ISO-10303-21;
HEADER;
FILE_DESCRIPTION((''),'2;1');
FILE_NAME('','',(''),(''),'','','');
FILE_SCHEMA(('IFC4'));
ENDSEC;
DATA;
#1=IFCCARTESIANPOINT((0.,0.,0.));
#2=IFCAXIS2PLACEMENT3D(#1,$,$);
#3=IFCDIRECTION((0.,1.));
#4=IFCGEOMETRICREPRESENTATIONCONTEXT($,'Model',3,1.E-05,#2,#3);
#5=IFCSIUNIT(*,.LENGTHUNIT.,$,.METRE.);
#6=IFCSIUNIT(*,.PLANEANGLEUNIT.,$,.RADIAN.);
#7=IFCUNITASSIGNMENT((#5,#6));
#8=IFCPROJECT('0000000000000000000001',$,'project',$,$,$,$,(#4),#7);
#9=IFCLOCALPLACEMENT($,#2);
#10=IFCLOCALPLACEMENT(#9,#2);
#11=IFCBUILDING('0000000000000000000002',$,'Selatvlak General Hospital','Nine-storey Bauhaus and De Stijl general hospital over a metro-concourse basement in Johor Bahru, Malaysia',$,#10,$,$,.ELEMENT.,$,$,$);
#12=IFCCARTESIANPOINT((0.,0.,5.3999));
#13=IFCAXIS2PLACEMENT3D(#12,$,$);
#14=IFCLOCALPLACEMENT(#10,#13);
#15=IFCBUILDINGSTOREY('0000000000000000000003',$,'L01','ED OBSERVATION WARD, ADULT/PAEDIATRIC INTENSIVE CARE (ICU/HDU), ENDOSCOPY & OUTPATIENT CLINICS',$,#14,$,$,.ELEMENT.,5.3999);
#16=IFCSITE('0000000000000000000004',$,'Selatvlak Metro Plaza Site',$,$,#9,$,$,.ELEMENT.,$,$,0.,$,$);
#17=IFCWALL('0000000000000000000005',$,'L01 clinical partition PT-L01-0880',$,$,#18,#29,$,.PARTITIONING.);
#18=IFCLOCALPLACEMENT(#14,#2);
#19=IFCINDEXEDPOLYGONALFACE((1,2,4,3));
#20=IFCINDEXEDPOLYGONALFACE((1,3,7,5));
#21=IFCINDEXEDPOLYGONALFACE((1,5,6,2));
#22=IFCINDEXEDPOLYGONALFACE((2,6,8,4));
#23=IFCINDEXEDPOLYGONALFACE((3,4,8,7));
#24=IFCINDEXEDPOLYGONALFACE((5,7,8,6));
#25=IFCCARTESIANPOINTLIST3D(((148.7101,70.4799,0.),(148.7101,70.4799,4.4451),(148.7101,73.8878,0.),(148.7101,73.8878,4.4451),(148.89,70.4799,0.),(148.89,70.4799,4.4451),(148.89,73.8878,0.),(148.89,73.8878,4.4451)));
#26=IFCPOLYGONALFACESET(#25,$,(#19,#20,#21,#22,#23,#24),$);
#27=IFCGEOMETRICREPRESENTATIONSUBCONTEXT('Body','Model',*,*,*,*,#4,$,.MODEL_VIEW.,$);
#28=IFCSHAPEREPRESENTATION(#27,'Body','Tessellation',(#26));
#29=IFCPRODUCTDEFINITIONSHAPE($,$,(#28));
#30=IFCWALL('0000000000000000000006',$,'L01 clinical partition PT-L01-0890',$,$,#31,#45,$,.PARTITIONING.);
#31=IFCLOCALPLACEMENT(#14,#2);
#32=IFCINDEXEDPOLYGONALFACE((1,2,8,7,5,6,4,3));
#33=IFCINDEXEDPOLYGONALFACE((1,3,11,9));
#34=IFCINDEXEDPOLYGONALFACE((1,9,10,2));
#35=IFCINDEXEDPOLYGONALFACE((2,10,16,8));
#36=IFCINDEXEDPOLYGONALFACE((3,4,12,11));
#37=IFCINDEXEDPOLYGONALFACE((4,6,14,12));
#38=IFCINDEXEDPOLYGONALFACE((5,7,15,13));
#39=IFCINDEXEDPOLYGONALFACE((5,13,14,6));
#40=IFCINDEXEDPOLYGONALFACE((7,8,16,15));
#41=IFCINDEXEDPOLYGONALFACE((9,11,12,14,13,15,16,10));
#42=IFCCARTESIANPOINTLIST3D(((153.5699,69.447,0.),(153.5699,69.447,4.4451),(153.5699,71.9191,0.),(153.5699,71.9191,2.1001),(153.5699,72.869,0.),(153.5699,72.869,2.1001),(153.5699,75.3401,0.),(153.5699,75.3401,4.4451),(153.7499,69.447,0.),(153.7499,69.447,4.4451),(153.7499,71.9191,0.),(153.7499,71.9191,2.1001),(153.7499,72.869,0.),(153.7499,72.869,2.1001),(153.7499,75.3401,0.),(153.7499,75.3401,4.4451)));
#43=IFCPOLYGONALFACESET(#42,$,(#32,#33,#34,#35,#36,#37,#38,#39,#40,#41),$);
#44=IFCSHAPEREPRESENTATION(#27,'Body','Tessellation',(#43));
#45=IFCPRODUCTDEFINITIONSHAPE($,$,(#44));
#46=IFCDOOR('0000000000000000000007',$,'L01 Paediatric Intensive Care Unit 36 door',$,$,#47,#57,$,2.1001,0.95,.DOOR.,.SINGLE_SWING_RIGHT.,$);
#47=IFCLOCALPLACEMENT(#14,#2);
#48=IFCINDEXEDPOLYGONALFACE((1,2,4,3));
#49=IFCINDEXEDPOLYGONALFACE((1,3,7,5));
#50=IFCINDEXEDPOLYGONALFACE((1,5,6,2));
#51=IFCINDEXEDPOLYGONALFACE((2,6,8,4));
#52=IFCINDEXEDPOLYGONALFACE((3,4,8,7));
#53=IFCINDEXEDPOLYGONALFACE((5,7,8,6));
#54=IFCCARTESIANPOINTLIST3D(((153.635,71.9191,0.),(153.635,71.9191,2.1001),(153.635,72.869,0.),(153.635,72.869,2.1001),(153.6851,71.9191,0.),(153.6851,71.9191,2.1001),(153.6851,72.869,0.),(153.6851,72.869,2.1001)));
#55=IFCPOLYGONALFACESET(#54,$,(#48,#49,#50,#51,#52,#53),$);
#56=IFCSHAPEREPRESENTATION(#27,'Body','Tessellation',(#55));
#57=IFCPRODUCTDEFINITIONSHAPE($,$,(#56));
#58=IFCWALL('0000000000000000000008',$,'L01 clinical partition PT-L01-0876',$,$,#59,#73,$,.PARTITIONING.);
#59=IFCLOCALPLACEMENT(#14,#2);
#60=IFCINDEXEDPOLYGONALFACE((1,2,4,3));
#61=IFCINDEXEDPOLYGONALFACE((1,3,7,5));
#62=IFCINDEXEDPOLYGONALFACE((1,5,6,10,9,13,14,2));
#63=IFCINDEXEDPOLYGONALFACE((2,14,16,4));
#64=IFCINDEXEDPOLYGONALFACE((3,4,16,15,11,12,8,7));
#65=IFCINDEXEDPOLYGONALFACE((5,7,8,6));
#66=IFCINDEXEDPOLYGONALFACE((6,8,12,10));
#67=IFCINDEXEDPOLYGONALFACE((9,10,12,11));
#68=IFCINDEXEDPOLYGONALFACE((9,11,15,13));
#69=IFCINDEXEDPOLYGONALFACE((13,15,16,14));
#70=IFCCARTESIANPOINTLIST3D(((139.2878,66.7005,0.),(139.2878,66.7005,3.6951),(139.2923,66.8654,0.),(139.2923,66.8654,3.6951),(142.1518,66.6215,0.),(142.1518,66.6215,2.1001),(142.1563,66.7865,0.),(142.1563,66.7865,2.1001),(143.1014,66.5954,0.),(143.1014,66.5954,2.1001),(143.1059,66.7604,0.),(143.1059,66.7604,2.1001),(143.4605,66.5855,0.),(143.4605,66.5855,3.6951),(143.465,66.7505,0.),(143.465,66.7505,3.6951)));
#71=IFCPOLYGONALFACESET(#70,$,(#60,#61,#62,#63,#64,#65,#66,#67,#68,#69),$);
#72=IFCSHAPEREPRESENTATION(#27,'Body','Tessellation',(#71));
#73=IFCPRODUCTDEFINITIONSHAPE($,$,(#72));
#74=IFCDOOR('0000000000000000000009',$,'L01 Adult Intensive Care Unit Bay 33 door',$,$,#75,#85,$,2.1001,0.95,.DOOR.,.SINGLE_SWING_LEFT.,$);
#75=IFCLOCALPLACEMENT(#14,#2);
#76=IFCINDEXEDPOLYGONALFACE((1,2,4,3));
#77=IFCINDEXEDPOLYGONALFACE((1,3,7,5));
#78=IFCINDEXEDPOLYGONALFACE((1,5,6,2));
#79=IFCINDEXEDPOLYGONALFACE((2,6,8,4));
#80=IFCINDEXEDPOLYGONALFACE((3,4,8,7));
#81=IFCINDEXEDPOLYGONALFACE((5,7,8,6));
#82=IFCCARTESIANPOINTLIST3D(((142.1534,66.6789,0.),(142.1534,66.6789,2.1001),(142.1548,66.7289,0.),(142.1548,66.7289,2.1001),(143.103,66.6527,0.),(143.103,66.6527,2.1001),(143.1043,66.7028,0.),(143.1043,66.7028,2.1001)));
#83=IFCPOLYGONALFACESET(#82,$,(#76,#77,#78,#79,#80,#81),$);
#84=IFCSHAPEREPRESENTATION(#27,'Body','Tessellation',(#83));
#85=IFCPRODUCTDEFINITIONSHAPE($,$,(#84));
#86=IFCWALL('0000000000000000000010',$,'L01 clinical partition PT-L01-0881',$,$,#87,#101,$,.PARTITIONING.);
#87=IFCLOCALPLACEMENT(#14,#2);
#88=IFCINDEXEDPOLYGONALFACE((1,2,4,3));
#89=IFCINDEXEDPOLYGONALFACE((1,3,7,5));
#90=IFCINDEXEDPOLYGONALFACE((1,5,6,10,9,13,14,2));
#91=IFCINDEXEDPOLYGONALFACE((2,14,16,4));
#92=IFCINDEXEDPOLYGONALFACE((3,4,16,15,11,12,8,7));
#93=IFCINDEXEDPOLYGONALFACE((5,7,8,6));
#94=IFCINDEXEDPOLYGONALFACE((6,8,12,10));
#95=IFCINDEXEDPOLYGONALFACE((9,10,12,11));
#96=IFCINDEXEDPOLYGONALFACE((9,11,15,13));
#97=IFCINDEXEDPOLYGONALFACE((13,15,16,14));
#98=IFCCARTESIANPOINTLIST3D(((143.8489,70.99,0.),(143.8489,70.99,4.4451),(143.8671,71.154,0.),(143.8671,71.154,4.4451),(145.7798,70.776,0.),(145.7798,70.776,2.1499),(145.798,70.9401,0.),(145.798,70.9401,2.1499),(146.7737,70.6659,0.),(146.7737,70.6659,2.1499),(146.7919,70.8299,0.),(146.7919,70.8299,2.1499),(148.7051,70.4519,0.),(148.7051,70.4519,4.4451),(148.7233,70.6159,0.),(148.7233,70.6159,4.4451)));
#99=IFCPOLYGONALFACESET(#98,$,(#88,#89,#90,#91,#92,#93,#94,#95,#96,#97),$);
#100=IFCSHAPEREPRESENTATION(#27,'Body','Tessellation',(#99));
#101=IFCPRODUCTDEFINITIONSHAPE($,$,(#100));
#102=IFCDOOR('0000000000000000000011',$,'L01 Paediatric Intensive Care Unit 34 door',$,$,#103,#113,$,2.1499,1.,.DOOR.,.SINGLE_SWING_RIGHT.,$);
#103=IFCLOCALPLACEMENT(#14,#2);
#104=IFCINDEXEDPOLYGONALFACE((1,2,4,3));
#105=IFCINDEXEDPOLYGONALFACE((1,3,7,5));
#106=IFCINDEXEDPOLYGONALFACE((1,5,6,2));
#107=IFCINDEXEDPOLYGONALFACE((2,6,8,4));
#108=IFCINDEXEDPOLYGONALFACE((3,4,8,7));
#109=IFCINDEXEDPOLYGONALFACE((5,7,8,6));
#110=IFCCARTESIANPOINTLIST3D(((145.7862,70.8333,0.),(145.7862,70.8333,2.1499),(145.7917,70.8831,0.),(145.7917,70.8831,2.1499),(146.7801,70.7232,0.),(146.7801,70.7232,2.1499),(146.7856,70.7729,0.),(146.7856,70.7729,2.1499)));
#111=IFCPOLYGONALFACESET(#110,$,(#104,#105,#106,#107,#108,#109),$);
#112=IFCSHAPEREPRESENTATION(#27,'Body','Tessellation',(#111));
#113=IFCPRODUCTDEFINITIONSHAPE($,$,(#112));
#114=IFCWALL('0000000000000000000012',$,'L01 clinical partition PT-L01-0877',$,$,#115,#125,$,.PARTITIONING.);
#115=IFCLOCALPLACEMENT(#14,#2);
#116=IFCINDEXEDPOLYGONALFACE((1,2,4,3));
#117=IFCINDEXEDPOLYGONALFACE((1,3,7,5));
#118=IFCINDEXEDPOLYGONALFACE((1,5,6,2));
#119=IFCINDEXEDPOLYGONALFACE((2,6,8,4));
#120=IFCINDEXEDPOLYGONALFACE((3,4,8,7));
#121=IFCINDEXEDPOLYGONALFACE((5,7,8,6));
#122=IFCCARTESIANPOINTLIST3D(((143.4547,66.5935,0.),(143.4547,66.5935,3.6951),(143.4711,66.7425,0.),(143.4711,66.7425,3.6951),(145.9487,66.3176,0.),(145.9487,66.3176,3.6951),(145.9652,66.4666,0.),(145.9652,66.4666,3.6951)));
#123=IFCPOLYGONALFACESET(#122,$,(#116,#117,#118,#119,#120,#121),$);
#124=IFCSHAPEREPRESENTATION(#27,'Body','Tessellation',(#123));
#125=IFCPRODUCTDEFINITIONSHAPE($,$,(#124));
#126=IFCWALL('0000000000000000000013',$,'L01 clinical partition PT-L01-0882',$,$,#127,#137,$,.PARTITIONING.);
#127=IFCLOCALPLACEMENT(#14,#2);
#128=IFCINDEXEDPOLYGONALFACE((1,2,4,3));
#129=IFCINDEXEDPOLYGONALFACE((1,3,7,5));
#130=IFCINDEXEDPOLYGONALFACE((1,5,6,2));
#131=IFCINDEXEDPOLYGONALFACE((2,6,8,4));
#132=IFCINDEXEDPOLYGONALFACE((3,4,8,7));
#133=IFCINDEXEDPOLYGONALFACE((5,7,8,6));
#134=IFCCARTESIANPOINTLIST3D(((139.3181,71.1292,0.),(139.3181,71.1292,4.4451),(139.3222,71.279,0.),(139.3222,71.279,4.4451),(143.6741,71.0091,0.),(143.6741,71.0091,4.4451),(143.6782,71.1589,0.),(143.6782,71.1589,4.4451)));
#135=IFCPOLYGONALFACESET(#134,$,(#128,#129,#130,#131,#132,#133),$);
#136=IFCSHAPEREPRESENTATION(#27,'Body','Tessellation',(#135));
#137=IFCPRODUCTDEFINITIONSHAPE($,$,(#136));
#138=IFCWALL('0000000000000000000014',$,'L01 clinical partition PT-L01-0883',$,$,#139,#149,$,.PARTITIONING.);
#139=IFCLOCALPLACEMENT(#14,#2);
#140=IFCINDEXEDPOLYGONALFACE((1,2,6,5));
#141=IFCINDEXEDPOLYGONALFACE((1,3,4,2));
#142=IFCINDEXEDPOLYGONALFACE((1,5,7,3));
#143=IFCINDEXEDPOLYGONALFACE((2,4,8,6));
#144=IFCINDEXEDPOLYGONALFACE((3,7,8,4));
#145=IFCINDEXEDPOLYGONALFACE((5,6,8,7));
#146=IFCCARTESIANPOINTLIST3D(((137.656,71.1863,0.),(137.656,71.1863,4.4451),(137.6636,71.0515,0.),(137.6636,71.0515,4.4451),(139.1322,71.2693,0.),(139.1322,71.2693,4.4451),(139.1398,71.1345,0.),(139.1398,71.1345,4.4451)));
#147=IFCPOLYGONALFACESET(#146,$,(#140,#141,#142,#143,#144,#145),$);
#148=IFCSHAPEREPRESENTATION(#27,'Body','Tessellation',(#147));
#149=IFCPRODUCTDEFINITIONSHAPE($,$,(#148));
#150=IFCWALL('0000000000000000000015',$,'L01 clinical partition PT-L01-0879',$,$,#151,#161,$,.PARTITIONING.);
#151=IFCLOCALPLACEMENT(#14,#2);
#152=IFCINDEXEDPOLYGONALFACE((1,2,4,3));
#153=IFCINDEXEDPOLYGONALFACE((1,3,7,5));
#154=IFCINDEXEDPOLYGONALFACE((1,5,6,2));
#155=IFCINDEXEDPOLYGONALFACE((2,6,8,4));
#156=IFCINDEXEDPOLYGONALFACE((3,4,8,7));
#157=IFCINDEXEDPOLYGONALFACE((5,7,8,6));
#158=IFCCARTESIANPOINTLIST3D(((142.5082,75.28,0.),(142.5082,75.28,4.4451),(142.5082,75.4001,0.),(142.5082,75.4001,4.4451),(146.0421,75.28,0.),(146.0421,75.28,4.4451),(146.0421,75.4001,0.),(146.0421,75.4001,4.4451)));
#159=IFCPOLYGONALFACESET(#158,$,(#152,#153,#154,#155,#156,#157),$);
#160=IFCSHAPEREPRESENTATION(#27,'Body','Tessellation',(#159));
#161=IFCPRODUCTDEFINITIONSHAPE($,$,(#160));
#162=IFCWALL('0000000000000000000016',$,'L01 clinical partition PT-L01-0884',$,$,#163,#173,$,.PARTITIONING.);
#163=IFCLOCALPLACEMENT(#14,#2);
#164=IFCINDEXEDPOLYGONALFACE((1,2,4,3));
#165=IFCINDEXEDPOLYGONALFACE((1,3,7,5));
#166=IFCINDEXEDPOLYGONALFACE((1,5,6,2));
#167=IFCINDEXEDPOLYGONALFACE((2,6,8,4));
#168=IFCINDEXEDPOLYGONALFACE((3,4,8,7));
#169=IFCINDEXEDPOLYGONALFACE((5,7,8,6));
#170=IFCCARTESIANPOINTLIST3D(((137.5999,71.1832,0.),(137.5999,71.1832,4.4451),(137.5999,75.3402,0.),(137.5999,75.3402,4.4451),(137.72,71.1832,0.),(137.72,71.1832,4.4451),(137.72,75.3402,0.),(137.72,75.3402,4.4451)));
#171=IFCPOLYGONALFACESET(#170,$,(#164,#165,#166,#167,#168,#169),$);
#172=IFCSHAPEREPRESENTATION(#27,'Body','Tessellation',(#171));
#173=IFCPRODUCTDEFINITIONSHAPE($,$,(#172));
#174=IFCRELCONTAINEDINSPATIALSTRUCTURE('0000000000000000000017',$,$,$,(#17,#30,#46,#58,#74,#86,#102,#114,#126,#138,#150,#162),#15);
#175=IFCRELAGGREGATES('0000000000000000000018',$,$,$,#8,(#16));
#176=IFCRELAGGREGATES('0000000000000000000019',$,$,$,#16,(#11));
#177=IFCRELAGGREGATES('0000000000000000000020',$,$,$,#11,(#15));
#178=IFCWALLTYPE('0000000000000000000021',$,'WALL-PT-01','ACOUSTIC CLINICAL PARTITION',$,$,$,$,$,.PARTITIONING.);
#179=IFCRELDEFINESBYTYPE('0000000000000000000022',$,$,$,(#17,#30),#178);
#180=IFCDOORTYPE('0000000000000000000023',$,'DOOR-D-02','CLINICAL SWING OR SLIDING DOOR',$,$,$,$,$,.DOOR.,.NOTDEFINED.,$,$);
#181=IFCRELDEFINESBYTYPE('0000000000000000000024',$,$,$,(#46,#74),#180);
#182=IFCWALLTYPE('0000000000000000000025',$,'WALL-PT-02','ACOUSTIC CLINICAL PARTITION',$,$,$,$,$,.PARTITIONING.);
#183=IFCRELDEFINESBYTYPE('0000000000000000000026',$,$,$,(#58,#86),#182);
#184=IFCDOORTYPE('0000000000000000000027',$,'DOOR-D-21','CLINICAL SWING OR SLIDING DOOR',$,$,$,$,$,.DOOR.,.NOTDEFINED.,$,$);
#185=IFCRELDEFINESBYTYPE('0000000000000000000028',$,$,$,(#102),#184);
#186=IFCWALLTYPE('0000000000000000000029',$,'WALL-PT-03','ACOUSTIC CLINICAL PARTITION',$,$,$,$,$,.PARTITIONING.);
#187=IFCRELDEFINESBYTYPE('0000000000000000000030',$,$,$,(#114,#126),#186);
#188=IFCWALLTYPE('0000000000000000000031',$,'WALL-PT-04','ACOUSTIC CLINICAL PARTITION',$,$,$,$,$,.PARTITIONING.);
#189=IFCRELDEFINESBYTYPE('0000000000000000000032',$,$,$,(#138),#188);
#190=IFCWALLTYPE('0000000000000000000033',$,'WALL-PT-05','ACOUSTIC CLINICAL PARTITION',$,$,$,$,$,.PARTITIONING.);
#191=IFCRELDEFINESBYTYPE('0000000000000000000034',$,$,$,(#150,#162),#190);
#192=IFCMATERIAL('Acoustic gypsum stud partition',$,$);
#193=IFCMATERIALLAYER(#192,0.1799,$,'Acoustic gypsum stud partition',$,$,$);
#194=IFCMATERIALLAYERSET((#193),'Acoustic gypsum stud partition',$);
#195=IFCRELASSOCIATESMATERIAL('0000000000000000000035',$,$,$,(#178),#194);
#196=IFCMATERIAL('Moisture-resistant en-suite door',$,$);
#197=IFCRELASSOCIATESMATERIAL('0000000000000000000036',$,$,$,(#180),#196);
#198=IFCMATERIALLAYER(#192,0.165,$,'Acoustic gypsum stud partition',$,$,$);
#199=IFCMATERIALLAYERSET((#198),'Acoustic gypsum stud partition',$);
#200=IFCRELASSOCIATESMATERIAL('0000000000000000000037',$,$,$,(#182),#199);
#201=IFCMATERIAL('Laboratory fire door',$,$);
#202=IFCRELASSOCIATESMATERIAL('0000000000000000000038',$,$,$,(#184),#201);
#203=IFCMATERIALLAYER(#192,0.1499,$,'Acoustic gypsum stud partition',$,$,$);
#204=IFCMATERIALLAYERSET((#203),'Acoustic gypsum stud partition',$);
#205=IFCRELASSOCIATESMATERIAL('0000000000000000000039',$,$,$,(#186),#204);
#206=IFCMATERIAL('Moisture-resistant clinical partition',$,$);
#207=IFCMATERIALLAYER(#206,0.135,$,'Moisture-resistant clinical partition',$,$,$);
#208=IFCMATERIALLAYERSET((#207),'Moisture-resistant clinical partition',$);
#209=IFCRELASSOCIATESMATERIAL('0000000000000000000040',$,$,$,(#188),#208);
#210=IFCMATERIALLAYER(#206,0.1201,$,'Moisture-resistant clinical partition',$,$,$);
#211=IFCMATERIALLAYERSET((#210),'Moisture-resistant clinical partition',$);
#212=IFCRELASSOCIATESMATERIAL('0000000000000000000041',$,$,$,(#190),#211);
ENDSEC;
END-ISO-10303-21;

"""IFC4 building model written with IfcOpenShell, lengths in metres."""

from ifc_helpers import new_model, si_unit, direction, frame, frame_2d, origin, place, context, subcontext, project, spatial, rectangle, extrude, material, layer, layer_set, type_object, element, fill, save


model = new_model("IFC4")

# Units and contexts
model_context = context("Model", 3, precision=1e-05, world=origin(), true_north=direction((0.0, 1.0)))
body_context = subcontext(model_context, "Body", "Model", "MODEL_VIEW")
ifc_project = project(units=[si_unit("LENGTHUNIT", "METRE"), si_unit("PLANEANGLEUNIT", "RADIAN")], contexts=[model_context])

# Site, building, storey
site_placement = place(None, origin())
site = spatial("IfcSite", under=ifc_project, at=site_placement, Name="Selatvlak Metro Plaza Site", CompositionType="ELEMENT", RefElevation=0.0)
building_placement = place(site_placement, origin())
building = spatial("IfcBuilding", under=site, at=building_placement, Name="Selatvlak General Hospital", Description="Nine-storey Bauhaus and De Stijl general hospital over a metro-concourse basement in Johor Bahru, Malaysia", CompositionType="ELEMENT")
storey_placement = place(building_placement, frame((0.0, 0.0, 5.3999)))
storey = spatial("IfcBuildingStorey", under=building, at=storey_placement, Name="L01", Description="ED OBSERVATION WARD, ADULT/PAEDIATRIC INTENSIVE CARE (ICU/HDU), ENDOSCOPY & OUTPATIENT CLINICS", CompositionType="ELEMENT", Elevation=5.3999)

# Wall
ifc_material_1 = material(Name="Acoustic gypsum stud partition")
ifc_layer_1 = layer(ifc_material_1, 0.1799, Name="Acoustic gypsum stud partition")
ifc_layer_set_1 = layer_set([ifc_layer_1], Name="Acoustic gypsum stud partition")
wall_type_1 = type_object("IfcWallType", Name="WALL-PT-01", Description="ACOUSTIC CLINICAL PARTITION", PredefinedType="PARTITIONING", material=ifc_layer_set_1)
wall_1_placement = place(storey_placement, frame((148.8, 73.8879, 0.0), z_axis=(0.0, 0.0, 1.0), x_axis=(0.0, -1.0, 0.0)))
element("IfcWall", 1, at=wall_1_placement, inside=storey, type_object=wall_type_1, Name="L01 clinical partition PT-L01-0880", PredefinedType="PARTITIONING", context=body_context, shape_type="SweptSolid", body=[
    extrude(rectangle(XDim=3.408, YDim=0.1799, at=frame_2d((1.7041, 0.0))), origin(), (0.0, 0.0, 1.0), 4.4451),
])

# Walls, openings, doors
wall_2_placement = place(storey_placement, frame((153.6599, 69.447, 0.0), z_axis=(0.0, 0.0, 1.0), x_axis=(0.0, 1.0, 0.0)))
wall_2 = element("IfcWall", 2, at=wall_2_placement, inside=storey, type_object=wall_type_1, Name="L01 clinical partition PT-L01-0890", PredefinedType="PARTITIONING", context=body_context, shape_type="SweptSolid", body=[
    extrude(rectangle(XDim=5.8931, YDim=0.1799, at=frame_2d((2.9465, 0.0))), origin(), (0.0, 0.0, 1.0), 4.4451),
])
opening_1_placement = place(wall_2_placement, frame((2.4719, 0.0, 0.0)))
opening_1 = element("IfcOpeningElement", 3, at=opening_1_placement, cuts=wall_2, PredefinedType="OPENING", context=body_context, shape_type="SweptSolid", body=[
    extrude(rectangle(XDim=0.95, YDim=2.1001, at=frame_2d((0.4751, 1.05))), frame((0.0, 0.0999, 0.0), z_axis=(0.0, -1.0, 0.0), x_axis=(1.0, 0.0, 0.0)), (0.0, 0.0, 1.0), 0.2),
])
ifc_material_2 = material(Name="Moisture-resistant en-suite door")
door_type_1 = type_object("IfcDoorType", Name="DOOR-D-02", Description="CLINICAL SWING OR SLIDING DOOR", OperationType="NOTDEFINED", PredefinedType="DOOR", material=ifc_material_2)
door_1_placement = place(opening_1_placement, origin())
door_1 = element("IfcDoor", 4, at=door_1_placement, inside=storey, type_object=door_type_1, Name="L01 Paediatric Intensive Care Unit 36 door", OperationType="SINGLE_SWING_RIGHT", OverallHeight=2.1001, OverallWidth=0.95, PredefinedType="DOOR", context=body_context, shape_type="SweptSolid", body=[
    extrude(rectangle(XDim=0.95, YDim=2.1001, at=frame_2d((0.4751, 1.05))), frame((0.0, 0.0249, 0.0), z_axis=(0.0, -1.0, 0.0), x_axis=(1.0, 0.0, 0.0)), (0.0, 0.0, 1.0), 0.05),
])
fill(opening_1, door_1)
ifc_layer_2 = layer(ifc_material_1, 0.165, Name="Acoustic gypsum stud partition")
ifc_layer_set_2 = layer_set([ifc_layer_2], Name="Acoustic gypsum stud partition")
wall_type_2 = type_object("IfcWallType", Name="WALL-PT-02", Description="ACOUSTIC CLINICAL PARTITION", PredefinedType="PARTITIONING", material=ifc_layer_set_2)
wall_3_placement = place(storey_placement, frame((139.29, 66.783, 0.0), z_axis=(0.0, 0.0, 1.0), x_axis=(0.999621, -0.027546, 0.0)))
wall_3 = element("IfcWall", 5, at=wall_3_placement, inside=storey, type_object=wall_type_2, Name="L01 clinical partition PT-L01-0876", PredefinedType="PARTITIONING", context=body_context, shape_type="SweptSolid", body=[
    extrude(rectangle(XDim=4.1743, YDim=0.165, at=frame_2d((2.0872, 0.0))), origin(), (0.0, 0.0, 1.0), 3.6951),
])
opening_2_placement = place(wall_3_placement, frame((2.865, 0.0, 0.0)))
opening_2 = element("IfcOpeningElement", 6, at=opening_2_placement, cuts=wall_3, PredefinedType="OPENING", context=body_context, shape_type="SweptSolid", body=[
    extrude(rectangle(XDim=0.95, YDim=2.1001, at=frame_2d((0.4751, 1.05))), frame((0.0, 0.0925, 0.0), z_axis=(0.0, -1.0, 0.0), x_axis=(1.0, 0.0, 0.0)), (0.0, 0.0, 1.0), 0.1851),
])
door_2_placement = place(opening_2_placement, origin())
door_2 = element("IfcDoor", 7, at=door_2_placement, inside=storey, type_object=door_type_1, Name="L01 Adult Intensive Care Unit Bay 33 door", OperationType="SINGLE_SWING_LEFT", OverallHeight=2.1001, OverallWidth=0.95, PredefinedType="DOOR", context=body_context, shape_type="SweptSolid", body=[
    extrude(rectangle(XDim=0.95, YDim=2.1001, at=frame_2d((0.4751, 1.05))), frame((0.0, 0.0249, 0.0), z_axis=(0.0, -1.0, 0.0), x_axis=(1.0, 0.0, 0.0)), (0.0, 0.0, 1.0), 0.05),
])
fill(opening_2, door_2)
wall_4_placement = place(storey_placement, frame((148.7141, 70.5339, 0.0), z_axis=(0.0, 0.0, 1.0), x_axis=(-0.993917, 0.11013, 0.0)))
wall_4 = element("IfcWall", 8, at=wall_4_placement, inside=storey, type_object=wall_type_2, Name="L01 clinical partition PT-L01-0881", PredefinedType="PARTITIONING", context=body_context, shape_type="SweptSolid", body=[
    extrude(rectangle(XDim=4.886, YDim=0.165, at=frame_2d((2.4429, 0.0))), origin(), (0.0, 0.0, 1.0), 4.4451),
])
opening_3_placement = place(wall_4_placement, frame((1.9431, 0.0, 0.0)))
opening_3 = element("IfcOpeningElement", 9, at=opening_3_placement, cuts=wall_4, PredefinedType="OPENING", context=body_context, shape_type="SweptSolid", body=[
    extrude(rectangle(XDim=1.0, YDim=2.1499, at=frame_2d((0.5, 1.075))), frame((0.0, 0.0925, 0.0), z_axis=(0.0, -1.0, 0.0), x_axis=(1.0, 0.0, 0.0)), (0.0, 0.0, 1.0), 0.1851),
])
ifc_material_3 = material(Name="Laboratory fire door")
door_type_2 = type_object("IfcDoorType", Name="DOOR-D-21", Description="CLINICAL SWING OR SLIDING DOOR", OperationType="NOTDEFINED", PredefinedType="DOOR", material=ifc_material_3)
door_3_placement = place(opening_3_placement, origin())
door_3 = element("IfcDoor", 10, at=door_3_placement, inside=storey, type_object=door_type_2, Name="L01 Paediatric Intensive Care Unit 34 door", OperationType="SINGLE_SWING_RIGHT", OverallHeight=2.1499, OverallWidth=1.0, PredefinedType="DOOR", context=body_context, shape_type="SweptSolid", body=[
    extrude(rectangle(XDim=1.0, YDim=2.1499, at=frame_2d((0.5, 1.075))), frame((0.0, 0.0249, 0.0), z_axis=(0.0, -1.0, 0.0), x_axis=(1.0, 0.0, 0.0)), (0.0, 0.0, 1.0), 0.05),
])
fill(opening_3, door_3)

# Walls
ifc_layer_3 = layer(ifc_material_1, 0.1499, Name="Acoustic gypsum stud partition")
ifc_layer_set_3 = layer_set([ifc_layer_3], Name="Acoustic gypsum stud partition")
wall_type_3 = type_object("IfcWallType", Name="WALL-PT-03", Description="ACOUSTIC CLINICAL PARTITION", PredefinedType="PARTITIONING", material=ifc_layer_set_3)
wall_5_placement = place(storey_placement, frame((143.4629, 66.668, 0.0), z_axis=(0.0, 0.0, 1.0), x_axis=(0.993938, -0.10994, 0.0)))
element("IfcWall", 11, at=wall_5_placement, inside=storey, type_object=wall_type_3, Name="L01 clinical partition PT-L01-0877", PredefinedType="PARTITIONING", context=body_context, shape_type="SweptSolid", body=[
    extrude(rectangle(XDim=2.5093, YDim=0.1499, at=frame_2d((1.2546, 0.0))), origin(), (0.0, 0.0, 1.0), 3.6951),
])
wall_6_placement = place(storey_placement, frame((143.676, 71.084, 0.0), z_axis=(0.0, 0.0, 1.0), x_axis=(-0.99962, 0.027565, 0.0)))
element("IfcWall", 12, at=wall_6_placement, inside=storey, type_object=wall_type_3, Name="L01 clinical partition PT-L01-0882", PredefinedType="PARTITIONING", context=body_context, shape_type="SweptSolid", body=[
    extrude(rectangle(XDim=4.3577, YDim=0.1499, at=frame_2d((2.1787, 0.0))), origin(), (0.0, 0.0, 1.0), 4.4451),
])
ifc_material_4 = material(Name="Moisture-resistant clinical partition")
ifc_layer_4 = layer(ifc_material_4, 0.135, Name="Moisture-resistant clinical partition")
ifc_layer_set_4 = layer_set([ifc_layer_4], Name="Moisture-resistant clinical partition")
wall_type_4 = type_object("IfcWallType", Name="WALL-PT-04", Description="ACOUSTIC CLINICAL PARTITION", PredefinedType="PARTITIONING", material=ifc_layer_set_4)
wall_7_placement = place(storey_placement, frame((139.136, 71.2019, 0.0), z_axis=(0.0, 0.0, 1.0), x_axis=(-0.998423, -0.056147, 0.0)))
element("IfcWall", 13, at=wall_7_placement, inside=storey, type_object=wall_type_4, Name="L01 clinical partition PT-L01-0883", PredefinedType="PARTITIONING", context=body_context, shape_type="SweptSolid", body=[
    extrude(rectangle(XDim=1.4785, YDim=0.135, at=frame_2d((0.7393, 0.0))), origin(), (0.0, 0.0, 1.0), 4.4451),
])
ifc_layer_5 = layer(ifc_material_4, 0.1201, Name="Moisture-resistant clinical partition")
ifc_layer_set_5 = layer_set([ifc_layer_5], Name="Moisture-resistant clinical partition")
wall_type_5 = type_object("IfcWallType", Name="WALL-PT-05", Description="ACOUSTIC CLINICAL PARTITION", PredefinedType="PARTITIONING", material=ifc_layer_set_5)
wall_8_placement = place(storey_placement, frame((142.5081, 75.3401, 0.0), z_axis=(0.0, 0.0, 1.0), x_axis=(1.0, 0.0, 0.0)))
element("IfcWall", 14, at=wall_8_placement, inside=storey, type_object=wall_type_5, Name="L01 clinical partition PT-L01-0879", PredefinedType="PARTITIONING", context=body_context, shape_type="SweptSolid", body=[
    extrude(rectangle(XDim=3.5339, YDim=0.1201, at=frame_2d((1.7671, 0.0))), origin(), (0.0, 0.0, 1.0), 4.4451),
])
wall_9_placement = place(storey_placement, frame((137.6599, 71.1831, 0.0), z_axis=(0.0, 0.0, 1.0), x_axis=(0.0, 1.0, 0.0)))
element("IfcWall", 15, at=wall_9_placement, inside=storey, type_object=wall_type_5, Name="L01 clinical partition PT-L01-0884", PredefinedType="PARTITIONING", context=body_context, shape_type="SweptSolid", body=[
    extrude(rectangle(XDim=4.157, YDim=0.1201, at=frame_2d((2.0786, 0.0))), origin(), (0.0, 0.0, 1.0), 4.4451),
])

save(model, "model.ifc")
